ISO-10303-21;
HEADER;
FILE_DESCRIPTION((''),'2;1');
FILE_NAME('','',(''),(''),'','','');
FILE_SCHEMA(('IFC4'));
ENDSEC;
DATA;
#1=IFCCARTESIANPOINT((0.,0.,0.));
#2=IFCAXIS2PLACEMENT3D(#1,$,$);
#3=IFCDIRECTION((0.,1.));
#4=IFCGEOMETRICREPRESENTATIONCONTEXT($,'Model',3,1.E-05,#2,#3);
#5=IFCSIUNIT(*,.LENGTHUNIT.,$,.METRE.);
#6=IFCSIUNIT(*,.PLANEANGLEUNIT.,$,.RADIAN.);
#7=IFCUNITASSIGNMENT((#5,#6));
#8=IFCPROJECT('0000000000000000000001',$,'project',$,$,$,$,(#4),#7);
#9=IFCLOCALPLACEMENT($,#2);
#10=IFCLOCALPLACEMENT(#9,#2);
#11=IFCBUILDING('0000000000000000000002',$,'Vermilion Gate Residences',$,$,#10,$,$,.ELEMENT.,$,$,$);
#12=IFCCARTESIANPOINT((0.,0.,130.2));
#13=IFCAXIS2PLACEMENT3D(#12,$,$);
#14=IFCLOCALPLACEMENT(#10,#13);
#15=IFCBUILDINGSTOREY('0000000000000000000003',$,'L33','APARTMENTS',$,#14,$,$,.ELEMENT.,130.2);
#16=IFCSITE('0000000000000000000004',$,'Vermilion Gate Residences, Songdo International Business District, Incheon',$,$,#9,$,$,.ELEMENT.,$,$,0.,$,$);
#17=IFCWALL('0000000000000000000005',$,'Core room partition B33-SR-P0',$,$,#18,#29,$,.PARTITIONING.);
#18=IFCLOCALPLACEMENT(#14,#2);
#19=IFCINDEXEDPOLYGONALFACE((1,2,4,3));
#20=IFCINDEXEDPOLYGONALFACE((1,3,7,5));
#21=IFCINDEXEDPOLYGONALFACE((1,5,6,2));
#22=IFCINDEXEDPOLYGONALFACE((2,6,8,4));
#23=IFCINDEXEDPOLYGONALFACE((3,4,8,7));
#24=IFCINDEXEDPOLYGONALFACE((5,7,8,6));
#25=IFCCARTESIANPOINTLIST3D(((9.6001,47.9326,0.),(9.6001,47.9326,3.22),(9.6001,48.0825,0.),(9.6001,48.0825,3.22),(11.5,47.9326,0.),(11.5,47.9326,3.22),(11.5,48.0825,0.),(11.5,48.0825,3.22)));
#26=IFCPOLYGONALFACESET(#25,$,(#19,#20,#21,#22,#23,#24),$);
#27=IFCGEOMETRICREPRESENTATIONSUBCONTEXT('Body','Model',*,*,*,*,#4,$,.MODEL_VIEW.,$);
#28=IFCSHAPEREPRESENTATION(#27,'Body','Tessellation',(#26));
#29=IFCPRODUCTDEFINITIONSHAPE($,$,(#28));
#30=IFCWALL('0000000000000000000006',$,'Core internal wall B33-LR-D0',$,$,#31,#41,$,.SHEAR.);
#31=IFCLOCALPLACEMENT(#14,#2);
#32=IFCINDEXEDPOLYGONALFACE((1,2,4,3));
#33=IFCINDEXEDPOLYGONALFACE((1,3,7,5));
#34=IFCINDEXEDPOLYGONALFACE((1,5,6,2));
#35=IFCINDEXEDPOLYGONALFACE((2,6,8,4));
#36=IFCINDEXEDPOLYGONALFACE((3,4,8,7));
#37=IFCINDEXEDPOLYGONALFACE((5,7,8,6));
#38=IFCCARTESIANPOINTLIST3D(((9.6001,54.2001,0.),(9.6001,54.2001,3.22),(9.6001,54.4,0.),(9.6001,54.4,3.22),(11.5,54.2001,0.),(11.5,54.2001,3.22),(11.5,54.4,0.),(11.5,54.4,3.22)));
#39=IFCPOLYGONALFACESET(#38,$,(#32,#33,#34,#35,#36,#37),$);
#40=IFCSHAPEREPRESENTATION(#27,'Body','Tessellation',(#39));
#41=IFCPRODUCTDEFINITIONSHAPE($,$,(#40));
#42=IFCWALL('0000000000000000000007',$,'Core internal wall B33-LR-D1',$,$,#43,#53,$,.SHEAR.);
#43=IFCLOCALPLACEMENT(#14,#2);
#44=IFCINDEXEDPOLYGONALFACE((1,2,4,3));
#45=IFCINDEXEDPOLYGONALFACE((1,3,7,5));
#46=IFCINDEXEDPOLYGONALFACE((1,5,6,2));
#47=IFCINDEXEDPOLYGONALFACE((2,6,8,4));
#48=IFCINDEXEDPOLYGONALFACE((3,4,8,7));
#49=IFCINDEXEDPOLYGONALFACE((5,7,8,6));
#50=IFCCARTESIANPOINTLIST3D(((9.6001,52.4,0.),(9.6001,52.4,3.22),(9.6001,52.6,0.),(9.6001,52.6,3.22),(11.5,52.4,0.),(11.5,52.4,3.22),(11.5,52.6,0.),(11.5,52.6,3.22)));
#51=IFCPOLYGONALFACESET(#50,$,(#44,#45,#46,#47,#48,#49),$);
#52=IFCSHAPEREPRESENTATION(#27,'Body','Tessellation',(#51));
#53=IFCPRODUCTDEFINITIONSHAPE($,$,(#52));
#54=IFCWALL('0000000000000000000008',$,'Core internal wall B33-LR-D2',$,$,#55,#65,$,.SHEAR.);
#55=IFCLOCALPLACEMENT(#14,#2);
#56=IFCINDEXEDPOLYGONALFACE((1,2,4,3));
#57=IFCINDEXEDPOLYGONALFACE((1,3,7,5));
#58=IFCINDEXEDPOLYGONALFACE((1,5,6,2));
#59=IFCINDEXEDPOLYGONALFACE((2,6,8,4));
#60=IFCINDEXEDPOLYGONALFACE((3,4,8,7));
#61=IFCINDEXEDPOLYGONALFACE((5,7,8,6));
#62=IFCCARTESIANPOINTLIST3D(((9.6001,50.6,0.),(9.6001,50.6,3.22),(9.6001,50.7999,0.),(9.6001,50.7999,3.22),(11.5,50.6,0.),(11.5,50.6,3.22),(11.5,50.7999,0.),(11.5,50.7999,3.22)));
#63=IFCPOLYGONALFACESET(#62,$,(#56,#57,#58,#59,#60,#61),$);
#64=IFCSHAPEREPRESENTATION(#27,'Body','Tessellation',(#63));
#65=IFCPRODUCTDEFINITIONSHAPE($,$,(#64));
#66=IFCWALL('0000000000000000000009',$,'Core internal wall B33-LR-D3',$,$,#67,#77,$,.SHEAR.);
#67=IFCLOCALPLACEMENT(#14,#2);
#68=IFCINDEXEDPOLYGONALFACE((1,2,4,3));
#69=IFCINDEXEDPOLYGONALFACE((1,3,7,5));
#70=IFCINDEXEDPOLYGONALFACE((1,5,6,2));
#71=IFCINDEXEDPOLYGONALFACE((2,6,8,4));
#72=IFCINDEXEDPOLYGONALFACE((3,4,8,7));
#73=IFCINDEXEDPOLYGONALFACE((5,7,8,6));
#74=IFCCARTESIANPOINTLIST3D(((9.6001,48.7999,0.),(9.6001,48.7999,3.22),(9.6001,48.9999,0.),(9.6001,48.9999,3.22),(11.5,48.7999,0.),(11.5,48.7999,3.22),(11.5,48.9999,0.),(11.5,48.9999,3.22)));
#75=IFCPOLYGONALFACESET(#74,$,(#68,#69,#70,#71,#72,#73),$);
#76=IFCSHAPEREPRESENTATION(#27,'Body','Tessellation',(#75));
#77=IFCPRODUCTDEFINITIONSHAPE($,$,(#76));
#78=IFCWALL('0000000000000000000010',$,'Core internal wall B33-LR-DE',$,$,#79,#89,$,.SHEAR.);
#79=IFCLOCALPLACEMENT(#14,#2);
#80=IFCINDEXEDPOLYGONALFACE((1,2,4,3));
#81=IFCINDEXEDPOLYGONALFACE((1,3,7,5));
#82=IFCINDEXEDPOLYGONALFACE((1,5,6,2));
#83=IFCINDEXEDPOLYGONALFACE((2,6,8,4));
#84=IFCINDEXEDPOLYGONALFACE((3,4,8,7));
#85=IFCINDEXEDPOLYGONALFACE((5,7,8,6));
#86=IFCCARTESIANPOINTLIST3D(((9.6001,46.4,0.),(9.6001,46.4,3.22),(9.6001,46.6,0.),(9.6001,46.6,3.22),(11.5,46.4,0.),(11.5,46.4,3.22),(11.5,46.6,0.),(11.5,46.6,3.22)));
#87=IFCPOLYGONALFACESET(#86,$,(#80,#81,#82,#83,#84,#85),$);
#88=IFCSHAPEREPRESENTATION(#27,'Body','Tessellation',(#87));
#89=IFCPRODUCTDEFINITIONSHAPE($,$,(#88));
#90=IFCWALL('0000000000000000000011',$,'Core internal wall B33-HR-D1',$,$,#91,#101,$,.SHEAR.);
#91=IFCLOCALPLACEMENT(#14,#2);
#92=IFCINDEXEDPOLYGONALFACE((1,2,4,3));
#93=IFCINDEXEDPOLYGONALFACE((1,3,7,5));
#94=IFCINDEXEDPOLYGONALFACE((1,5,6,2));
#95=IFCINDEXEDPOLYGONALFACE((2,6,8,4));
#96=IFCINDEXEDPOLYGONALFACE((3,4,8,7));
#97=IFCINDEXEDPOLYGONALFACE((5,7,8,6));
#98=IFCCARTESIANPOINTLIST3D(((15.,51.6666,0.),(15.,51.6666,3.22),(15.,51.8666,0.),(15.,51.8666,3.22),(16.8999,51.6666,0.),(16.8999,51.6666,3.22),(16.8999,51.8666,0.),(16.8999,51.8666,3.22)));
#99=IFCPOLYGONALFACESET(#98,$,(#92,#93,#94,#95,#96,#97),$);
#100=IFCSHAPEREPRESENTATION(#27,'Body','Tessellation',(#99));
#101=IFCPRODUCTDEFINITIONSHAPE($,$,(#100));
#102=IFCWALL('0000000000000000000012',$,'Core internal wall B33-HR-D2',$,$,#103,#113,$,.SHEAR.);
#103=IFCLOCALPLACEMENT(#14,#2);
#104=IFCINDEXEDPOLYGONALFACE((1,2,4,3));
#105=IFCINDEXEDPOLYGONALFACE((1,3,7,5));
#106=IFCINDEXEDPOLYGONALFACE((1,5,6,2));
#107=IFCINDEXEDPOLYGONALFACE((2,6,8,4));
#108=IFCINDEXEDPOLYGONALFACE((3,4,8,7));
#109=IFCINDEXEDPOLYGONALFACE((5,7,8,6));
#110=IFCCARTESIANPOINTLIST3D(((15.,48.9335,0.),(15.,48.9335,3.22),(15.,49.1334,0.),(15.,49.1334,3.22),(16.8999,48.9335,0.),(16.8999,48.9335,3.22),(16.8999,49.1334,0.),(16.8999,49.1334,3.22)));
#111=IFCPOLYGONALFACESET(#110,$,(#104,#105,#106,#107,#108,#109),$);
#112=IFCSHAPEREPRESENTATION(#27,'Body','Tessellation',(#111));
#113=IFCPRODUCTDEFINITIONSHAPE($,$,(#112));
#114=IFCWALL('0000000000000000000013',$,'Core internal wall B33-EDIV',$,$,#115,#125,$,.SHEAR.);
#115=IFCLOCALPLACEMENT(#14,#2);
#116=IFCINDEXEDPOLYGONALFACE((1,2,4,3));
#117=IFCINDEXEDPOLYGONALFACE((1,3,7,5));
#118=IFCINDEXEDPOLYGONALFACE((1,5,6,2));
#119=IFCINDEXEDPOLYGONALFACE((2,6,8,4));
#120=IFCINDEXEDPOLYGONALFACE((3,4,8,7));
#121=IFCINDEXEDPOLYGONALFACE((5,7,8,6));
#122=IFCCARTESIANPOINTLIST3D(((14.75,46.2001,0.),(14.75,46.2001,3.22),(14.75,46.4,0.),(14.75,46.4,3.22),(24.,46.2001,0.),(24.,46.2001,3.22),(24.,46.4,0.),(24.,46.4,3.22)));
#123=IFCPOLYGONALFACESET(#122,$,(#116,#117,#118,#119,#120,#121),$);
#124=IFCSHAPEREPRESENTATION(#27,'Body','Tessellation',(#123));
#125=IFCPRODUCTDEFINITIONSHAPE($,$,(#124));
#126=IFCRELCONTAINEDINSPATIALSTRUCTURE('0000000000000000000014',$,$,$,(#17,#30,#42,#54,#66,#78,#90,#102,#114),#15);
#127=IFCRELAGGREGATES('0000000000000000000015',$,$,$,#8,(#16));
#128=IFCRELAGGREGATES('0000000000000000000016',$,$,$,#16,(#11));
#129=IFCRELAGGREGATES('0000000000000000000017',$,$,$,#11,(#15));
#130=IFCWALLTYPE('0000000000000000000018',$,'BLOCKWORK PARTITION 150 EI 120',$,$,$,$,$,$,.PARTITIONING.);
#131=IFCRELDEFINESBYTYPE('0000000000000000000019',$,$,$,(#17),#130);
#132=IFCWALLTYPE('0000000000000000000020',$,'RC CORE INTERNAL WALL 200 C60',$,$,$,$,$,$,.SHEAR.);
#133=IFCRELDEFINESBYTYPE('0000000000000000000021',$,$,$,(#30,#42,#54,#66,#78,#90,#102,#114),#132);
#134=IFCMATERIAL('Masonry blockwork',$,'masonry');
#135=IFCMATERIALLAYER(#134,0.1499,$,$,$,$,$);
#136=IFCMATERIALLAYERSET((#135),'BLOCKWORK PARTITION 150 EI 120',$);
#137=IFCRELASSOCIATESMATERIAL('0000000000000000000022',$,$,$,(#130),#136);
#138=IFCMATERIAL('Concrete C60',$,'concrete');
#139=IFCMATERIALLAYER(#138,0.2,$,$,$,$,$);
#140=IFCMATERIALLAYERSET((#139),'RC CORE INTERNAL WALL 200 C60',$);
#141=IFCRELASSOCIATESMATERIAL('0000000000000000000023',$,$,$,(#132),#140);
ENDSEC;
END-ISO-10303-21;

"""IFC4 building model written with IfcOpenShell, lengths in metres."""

from ifc_helpers import new_model, si_unit, direction, frame, frame_2d, origin, place, context, subcontext, project, spatial, rectangle, extrude, material, layer, layer_set, type_object, element, save


model = new_model("IFC4")

# Units and contexts
model_context = context("Model", 3, precision=1e-05, world=origin(), true_north=direction((0.0, 1.0)))
body_context = subcontext(model_context, "Body", "Model", "MODEL_VIEW")
ifc_project = project(units=[si_unit("LENGTHUNIT", "METRE"), si_unit("PLANEANGLEUNIT", "RADIAN")], contexts=[model_context])

# Site, building, storey
site_placement = place(None, origin())
site = spatial("IfcSite", under=ifc_project, at=site_placement, Name="Vermilion Gate Residences, Songdo International Business District, Incheon", CompositionType="ELEMENT", RefElevation=0.0)
building_placement = place(site_placement, origin())
building = spatial("IfcBuilding", under=site, at=building_placement, Name="Vermilion Gate Residences", CompositionType="ELEMENT")
storey_placement = place(building_placement, frame((0.0, 0.0, 130.2)))
storey = spatial("IfcBuildingStorey", under=building, at=storey_placement, Name="L33", Description="APARTMENTS", CompositionType="ELEMENT", Elevation=130.2)

# Walls
ifc_material_1 = material(Name="Masonry blockwork", Category="masonry")
ifc_layer_1 = layer(ifc_material_1, 0.1499)
ifc_layer_set_1 = layer_set([ifc_layer_1], Name="BLOCKWORK PARTITION 150 EI 120")
wall_type_1 = type_object("IfcWallType", Name="BLOCKWORK PARTITION 150 EI 120", PredefinedType="PARTITIONING", material=ifc_layer_set_1)
wall_1_placement = place(storey_placement, frame((9.6001, 48.0076, 0.0), z_axis=(0.0, 0.0, 1.0), x_axis=(1.0, 0.0, 0.0)))
element("IfcWall", 1, at=wall_1_placement, inside=storey, type_object=wall_type_1, Name="Core room partition B33-SR-P0", PredefinedType="PARTITIONING", context=body_context, shape_type="SweptSolid", body=[
    extrude(rectangle(XDim=1.8999, YDim=0.1499, at=frame_2d((0.95, 0.0))), origin(), (0.0, 0.0, 1.0), 3.22),
])
ifc_material_2 = material(Name="Concrete C60", Category="concrete")
ifc_layer_2 = layer(ifc_material_2, 0.2)
ifc_layer_set_2 = layer_set([ifc_layer_2], Name="RC CORE INTERNAL WALL 200 C60")
wall_type_2 = type_object("IfcWallType", Name="RC CORE INTERNAL WALL 200 C60", PredefinedType="SHEAR", material=ifc_layer_set_2)
for number, where, z_axis, x_axis, name in (
    (2, (9.6001, 54.3, 0.0), (0.0, 0.0, 1.0), (1.0, 0.0, 0.0), "Core internal wall B33-LR-D0"),
    (3, (9.6001, 52.5, 0.0), (0.0, 0.0, 1.0), (1.0, 0.0, 0.0), "Core internal wall B33-LR-D1"),
    (4, (9.6001, 50.7, 0.0), (0.0, 0.0, 1.0), (1.0, 0.0, 0.0), "Core internal wall B33-LR-D2"),
    (5, (9.6001, 48.8999, 0.0), (0.0, 0.0, 1.0), (1.0, 0.0, 0.0), "Core internal wall B33-LR-D3"),
    (6, (9.6001, 46.5, 0.0), (0.0, 0.0, 1.0), (1.0, 0.0, 0.0), "Core internal wall B33-LR-DE"),
    (7, (15.0, 51.7666, 0.0), (0.0, 0.0, 1.0), (1.0, 0.0, 0.0), "Core internal wall B33-HR-D1"),
    (8, (15.0, 49.0334, 0.0), (0.0, 0.0, 1.0), (1.0, 0.0, 0.0), "Core internal wall B33-HR-D2"),
):
    element("IfcWall", number, at=place(storey_placement, frame(where, z_axis=z_axis, x_axis=x_axis)), inside=storey, type_object=wall_type_2, Name=name, PredefinedType="SHEAR", context=body_context, shape_type="SweptSolid", body=[
        extrude(rectangle(XDim=1.8999, YDim=0.2, at=frame_2d((0.95, 0.0))), origin(), (0.0, 0.0, 1.0), 3.22),
    ])
wall_2_placement = place(storey_placement, frame((14.75, 46.3, 0.0), z_axis=(0.0, 0.0, 1.0), x_axis=(1.0, 0.0, 0.0)))
element("IfcWall", 9, at=wall_2_placement, inside=storey, type_object=wall_type_2, Name="Core internal wall B33-EDIV", PredefinedType="SHEAR", context=body_context, shape_type="SweptSolid", body=[
    extrude(rectangle(XDim=9.25, YDim=0.2, at=frame_2d((4.625, 0.0))), origin(), (0.0, 0.0, 1.0), 3.22),
])

save(model, "model.ifc")
